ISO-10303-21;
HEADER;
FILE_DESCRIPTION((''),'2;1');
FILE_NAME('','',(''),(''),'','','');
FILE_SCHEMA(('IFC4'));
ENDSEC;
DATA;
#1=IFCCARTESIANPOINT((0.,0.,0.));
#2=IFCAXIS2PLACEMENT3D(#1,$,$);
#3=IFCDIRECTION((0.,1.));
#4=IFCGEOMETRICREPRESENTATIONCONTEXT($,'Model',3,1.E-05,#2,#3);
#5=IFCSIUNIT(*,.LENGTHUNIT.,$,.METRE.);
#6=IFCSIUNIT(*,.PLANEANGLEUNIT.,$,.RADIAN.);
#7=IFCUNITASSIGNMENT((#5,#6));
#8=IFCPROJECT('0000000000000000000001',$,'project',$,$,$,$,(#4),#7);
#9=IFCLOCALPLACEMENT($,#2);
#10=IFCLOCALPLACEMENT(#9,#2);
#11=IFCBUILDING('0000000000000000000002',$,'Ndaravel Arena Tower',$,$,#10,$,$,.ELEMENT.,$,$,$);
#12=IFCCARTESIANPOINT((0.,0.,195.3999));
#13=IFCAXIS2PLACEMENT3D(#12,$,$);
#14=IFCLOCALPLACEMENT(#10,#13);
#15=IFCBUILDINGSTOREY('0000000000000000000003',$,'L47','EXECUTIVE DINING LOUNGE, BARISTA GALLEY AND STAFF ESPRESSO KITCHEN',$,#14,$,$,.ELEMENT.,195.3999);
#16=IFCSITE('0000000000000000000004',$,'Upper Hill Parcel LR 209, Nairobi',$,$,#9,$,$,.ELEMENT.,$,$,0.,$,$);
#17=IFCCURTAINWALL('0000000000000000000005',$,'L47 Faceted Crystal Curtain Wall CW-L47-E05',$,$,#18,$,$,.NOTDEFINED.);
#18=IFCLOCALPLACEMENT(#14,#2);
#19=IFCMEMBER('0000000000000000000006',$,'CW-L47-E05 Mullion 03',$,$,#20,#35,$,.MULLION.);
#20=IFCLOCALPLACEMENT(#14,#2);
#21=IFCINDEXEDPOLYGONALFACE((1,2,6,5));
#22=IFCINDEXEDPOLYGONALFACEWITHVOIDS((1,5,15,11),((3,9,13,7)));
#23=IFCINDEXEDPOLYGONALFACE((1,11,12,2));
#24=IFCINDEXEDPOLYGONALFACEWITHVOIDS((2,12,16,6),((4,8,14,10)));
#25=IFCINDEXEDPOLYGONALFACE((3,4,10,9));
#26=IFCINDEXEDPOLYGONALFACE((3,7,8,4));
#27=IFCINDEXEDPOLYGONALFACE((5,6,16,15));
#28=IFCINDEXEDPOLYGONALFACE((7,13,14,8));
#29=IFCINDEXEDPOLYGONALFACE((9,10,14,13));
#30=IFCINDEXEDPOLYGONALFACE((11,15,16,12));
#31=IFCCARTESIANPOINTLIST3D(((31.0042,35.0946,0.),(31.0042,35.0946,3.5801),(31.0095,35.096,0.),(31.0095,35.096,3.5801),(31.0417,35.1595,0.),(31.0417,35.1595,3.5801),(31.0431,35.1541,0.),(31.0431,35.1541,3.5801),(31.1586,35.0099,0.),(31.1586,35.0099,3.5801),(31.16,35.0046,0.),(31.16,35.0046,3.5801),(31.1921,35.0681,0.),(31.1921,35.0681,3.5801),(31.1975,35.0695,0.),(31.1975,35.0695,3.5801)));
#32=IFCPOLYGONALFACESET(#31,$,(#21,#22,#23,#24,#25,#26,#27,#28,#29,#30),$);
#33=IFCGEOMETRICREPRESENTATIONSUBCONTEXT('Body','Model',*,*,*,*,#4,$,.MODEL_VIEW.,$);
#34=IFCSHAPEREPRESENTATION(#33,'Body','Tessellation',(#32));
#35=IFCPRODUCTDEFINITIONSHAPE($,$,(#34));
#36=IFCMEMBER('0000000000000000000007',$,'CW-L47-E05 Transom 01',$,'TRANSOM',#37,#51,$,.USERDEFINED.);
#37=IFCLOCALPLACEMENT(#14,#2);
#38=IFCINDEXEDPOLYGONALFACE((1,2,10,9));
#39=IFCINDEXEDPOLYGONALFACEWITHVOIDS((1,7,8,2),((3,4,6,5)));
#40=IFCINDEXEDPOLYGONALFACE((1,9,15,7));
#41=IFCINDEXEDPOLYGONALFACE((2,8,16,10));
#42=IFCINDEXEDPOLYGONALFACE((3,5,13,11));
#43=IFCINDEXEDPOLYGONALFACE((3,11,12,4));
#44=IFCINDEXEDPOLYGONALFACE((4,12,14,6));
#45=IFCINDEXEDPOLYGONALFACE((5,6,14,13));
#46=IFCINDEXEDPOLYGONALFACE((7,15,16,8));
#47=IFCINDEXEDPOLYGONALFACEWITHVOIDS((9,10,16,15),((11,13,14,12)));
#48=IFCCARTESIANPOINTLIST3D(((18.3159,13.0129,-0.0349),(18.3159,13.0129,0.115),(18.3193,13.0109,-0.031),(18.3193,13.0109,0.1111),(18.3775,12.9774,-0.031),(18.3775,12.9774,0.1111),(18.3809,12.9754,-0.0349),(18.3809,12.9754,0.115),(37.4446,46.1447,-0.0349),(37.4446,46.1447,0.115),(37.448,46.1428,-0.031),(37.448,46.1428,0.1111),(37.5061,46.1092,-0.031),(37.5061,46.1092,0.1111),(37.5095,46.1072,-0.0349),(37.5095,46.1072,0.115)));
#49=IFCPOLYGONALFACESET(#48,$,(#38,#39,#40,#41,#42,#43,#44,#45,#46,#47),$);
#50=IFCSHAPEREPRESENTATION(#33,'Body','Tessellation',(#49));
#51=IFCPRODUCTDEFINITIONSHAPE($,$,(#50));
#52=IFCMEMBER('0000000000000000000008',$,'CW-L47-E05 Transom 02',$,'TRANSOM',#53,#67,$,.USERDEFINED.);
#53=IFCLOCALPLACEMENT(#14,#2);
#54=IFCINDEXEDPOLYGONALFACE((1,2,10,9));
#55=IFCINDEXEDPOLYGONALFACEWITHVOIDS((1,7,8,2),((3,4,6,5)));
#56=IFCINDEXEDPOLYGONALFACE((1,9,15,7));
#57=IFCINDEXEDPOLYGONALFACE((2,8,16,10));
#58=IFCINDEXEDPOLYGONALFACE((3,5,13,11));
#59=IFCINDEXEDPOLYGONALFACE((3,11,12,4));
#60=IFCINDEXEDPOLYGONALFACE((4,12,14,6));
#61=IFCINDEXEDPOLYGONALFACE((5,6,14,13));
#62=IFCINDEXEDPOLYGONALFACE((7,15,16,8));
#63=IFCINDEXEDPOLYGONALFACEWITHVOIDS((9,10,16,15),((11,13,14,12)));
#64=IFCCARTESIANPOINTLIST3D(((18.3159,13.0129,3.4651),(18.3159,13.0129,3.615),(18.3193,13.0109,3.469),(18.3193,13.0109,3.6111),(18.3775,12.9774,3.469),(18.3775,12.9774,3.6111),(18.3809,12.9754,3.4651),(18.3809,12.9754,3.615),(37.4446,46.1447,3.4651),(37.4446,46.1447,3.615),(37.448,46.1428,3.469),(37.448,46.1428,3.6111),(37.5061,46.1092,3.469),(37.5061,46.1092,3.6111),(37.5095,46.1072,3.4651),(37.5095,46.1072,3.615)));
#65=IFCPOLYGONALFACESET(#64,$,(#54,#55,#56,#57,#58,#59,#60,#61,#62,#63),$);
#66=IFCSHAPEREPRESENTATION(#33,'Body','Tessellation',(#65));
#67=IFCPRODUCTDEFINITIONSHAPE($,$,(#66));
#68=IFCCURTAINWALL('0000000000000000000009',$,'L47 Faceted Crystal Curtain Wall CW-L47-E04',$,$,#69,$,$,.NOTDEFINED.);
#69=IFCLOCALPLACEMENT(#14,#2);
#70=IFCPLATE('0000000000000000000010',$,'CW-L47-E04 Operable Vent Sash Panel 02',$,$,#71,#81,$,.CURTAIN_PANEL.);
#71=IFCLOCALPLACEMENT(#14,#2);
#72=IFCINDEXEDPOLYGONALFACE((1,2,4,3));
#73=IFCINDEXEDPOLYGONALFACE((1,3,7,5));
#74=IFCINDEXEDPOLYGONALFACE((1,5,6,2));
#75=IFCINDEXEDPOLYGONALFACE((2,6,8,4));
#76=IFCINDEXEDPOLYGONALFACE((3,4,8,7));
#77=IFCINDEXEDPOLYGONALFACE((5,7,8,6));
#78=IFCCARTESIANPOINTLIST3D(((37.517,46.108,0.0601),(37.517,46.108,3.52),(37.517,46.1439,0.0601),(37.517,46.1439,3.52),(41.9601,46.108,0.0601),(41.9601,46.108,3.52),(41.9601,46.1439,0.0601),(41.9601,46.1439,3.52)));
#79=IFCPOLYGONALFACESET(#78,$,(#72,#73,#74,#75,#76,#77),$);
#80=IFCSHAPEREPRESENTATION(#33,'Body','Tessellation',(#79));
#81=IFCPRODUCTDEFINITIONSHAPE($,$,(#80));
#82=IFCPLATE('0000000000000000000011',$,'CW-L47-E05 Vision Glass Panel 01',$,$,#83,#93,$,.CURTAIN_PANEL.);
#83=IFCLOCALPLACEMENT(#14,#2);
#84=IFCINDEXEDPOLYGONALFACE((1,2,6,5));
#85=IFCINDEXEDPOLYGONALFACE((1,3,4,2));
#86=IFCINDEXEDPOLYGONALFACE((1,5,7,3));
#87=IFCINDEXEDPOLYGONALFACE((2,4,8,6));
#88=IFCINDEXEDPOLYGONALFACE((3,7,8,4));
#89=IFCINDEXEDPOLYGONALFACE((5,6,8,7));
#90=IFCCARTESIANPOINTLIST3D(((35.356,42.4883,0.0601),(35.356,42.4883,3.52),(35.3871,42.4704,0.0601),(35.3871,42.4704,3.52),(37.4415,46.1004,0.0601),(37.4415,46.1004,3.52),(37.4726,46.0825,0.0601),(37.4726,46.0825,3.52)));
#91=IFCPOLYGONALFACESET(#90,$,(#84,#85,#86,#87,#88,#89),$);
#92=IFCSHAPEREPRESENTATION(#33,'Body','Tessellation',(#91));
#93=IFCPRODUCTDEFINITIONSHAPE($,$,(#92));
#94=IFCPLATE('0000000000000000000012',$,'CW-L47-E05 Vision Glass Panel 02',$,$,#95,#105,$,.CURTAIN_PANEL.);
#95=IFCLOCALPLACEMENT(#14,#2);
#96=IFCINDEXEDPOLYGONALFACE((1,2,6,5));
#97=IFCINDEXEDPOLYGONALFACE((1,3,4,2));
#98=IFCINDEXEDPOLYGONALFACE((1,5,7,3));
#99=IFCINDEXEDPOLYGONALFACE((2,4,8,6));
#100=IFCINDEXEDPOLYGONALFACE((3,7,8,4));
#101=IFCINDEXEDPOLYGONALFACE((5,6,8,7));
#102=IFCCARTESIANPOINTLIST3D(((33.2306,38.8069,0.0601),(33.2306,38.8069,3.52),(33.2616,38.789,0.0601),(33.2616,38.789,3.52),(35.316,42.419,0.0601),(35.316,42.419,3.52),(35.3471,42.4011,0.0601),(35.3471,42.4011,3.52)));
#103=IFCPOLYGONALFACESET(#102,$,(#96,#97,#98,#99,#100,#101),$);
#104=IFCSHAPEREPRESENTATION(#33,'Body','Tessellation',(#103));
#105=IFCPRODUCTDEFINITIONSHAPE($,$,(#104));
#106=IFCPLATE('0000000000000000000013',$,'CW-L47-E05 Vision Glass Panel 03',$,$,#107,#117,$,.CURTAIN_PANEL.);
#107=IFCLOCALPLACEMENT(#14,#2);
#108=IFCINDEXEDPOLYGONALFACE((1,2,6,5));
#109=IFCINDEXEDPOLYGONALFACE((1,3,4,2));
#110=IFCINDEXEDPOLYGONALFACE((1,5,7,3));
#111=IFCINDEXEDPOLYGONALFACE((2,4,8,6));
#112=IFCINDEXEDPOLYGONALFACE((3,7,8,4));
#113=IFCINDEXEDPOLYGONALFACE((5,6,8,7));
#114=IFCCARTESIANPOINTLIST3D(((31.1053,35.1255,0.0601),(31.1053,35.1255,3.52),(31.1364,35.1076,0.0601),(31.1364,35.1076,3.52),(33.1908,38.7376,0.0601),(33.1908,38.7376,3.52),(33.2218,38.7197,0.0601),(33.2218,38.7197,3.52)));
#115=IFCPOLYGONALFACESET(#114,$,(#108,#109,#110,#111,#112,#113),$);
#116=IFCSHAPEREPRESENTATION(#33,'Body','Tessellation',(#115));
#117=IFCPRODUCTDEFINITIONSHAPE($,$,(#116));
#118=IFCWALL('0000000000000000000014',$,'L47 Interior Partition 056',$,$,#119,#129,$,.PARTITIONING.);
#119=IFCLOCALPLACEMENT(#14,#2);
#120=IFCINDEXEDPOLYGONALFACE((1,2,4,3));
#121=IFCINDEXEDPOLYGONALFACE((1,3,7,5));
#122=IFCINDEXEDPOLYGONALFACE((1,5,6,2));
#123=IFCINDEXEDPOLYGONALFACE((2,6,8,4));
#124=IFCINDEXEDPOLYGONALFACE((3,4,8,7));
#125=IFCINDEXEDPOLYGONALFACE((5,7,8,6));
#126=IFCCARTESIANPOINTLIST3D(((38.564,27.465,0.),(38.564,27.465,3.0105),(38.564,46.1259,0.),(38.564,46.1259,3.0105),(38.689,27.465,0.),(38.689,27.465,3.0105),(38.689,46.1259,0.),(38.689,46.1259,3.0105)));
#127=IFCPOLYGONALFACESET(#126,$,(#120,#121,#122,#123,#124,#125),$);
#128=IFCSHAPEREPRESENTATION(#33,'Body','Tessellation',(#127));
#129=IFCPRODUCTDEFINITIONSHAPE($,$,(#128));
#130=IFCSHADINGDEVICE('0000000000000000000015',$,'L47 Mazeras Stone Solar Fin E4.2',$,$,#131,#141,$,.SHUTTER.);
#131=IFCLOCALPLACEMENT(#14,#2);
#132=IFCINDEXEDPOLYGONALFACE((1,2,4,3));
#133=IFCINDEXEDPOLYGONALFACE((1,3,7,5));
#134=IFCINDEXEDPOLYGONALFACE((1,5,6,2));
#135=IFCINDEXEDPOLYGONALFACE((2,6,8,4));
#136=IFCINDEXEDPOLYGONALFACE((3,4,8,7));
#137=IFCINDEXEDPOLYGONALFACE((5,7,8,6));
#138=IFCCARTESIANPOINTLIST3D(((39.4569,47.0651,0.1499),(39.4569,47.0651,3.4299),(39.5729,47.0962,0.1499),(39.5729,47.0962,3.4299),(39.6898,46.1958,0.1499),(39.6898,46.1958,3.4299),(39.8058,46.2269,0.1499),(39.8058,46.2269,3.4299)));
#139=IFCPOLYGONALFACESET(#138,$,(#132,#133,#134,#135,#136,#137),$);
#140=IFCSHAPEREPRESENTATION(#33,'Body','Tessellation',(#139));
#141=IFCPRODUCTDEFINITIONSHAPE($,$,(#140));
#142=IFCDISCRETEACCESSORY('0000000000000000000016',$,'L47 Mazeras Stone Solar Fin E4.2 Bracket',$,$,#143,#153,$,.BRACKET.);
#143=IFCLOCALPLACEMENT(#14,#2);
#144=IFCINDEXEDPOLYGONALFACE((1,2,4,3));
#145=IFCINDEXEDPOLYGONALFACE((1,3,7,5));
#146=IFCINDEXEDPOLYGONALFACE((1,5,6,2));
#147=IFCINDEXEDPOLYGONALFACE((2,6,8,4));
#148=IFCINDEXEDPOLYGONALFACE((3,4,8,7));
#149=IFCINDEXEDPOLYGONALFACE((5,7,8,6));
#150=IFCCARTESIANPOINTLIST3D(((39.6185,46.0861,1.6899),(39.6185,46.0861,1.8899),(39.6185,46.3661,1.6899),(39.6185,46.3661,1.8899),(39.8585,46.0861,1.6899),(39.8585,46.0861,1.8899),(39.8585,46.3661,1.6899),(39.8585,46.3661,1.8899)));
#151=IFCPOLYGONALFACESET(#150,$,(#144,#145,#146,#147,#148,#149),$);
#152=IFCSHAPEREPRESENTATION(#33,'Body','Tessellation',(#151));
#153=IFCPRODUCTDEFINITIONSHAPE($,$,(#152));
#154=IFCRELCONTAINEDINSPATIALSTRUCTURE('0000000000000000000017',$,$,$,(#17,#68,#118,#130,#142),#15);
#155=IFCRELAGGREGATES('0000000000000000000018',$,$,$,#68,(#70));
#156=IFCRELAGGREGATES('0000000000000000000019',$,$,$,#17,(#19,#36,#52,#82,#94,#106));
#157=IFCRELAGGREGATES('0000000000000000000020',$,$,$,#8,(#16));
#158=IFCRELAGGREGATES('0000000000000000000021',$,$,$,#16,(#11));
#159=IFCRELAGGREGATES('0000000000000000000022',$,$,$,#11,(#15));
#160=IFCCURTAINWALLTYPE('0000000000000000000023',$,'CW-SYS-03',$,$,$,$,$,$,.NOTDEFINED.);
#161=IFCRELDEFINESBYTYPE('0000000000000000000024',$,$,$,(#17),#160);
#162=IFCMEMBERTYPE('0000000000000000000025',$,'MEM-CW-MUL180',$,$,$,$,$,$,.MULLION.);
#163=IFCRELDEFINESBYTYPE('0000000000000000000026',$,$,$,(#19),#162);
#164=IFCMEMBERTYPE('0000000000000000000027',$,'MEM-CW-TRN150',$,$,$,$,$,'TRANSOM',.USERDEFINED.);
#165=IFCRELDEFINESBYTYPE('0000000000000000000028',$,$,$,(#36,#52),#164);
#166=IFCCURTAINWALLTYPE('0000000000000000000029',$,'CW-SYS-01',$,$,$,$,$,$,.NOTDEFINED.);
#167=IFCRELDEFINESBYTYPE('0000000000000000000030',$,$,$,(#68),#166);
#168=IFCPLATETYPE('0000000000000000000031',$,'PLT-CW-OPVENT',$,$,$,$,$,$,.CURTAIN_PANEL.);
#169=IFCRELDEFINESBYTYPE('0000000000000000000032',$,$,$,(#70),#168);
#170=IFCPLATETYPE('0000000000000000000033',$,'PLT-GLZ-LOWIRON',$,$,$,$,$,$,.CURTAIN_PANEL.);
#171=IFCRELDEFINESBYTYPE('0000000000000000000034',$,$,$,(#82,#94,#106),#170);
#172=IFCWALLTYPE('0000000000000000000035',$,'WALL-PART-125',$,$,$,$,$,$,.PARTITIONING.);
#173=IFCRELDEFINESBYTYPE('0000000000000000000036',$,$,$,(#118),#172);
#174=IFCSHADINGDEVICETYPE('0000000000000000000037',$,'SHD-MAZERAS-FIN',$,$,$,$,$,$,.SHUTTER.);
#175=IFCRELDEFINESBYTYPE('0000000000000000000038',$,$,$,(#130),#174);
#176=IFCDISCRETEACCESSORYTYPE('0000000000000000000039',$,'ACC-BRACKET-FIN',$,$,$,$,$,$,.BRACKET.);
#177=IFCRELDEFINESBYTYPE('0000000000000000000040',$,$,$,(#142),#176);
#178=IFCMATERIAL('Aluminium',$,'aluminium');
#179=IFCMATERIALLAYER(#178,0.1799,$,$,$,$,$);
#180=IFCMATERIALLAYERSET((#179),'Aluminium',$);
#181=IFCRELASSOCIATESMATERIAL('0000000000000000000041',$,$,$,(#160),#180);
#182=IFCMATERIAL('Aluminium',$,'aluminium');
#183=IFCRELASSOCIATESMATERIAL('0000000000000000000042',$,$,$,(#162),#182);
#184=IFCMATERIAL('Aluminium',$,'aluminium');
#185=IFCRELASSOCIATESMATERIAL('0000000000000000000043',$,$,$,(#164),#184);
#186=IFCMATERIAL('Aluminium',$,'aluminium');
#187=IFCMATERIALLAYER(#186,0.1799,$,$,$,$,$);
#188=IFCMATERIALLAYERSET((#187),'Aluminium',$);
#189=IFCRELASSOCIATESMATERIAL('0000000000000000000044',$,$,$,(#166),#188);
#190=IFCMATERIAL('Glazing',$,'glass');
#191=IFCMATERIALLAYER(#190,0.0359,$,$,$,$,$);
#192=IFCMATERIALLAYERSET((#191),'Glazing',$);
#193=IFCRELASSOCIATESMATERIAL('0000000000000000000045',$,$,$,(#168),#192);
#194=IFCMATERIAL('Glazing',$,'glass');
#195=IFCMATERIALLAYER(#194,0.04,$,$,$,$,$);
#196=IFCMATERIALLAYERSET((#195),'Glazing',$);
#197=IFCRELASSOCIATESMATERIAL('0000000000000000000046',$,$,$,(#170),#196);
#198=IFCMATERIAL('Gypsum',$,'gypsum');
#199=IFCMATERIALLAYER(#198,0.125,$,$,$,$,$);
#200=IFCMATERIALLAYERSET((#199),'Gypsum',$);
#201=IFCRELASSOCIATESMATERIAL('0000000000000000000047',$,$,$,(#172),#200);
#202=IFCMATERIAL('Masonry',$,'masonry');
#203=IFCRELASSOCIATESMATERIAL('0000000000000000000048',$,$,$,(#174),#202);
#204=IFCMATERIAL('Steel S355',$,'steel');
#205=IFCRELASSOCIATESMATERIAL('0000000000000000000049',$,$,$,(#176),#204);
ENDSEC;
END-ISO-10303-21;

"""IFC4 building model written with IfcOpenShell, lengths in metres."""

from ifc_helpers import new_model, si_unit, direction, frame, frame_2d, origin, origin_2d, place, context, subcontext, project, spatial, rectangle, hollow_rectangle, extrude, material, layer, layer_set, material_profile, profile_set, type_object, element, aggregate, save


model = new_model("IFC4")

# Units and contexts
model_context = context("Model", 3, precision=1e-05, world=origin(), true_north=direction((0.0, 1.0)))
body_context = subcontext(model_context, "Body", "Model", "MODEL_VIEW")
ifc_project = project(units=[si_unit("LENGTHUNIT", "METRE"), si_unit("PLANEANGLEUNIT", "RADIAN")], contexts=[model_context])

# Site, building, storey
site_placement = place(None, origin())
site = spatial("IfcSite", under=ifc_project, at=site_placement, Name="Upper Hill Parcel LR 209, Nairobi", CompositionType="ELEMENT", RefElevation=0.0)
building_placement = place(site_placement, origin())
building = spatial("IfcBuilding", under=site, at=building_placement, Name="Ndaravel Arena Tower", CompositionType="ELEMENT")
storey_placement = place(building_placement, frame((0.0, 0.0, 195.3999)))
storey = spatial("IfcBuildingStorey", under=building, at=storey_placement, Name="L47", Description="EXECUTIVE DINING LOUNGE, BARISTA GALLEY AND STAFF ESPRESSO KITCHEN", CompositionType="ELEMENT", Elevation=195.3999)

# Curtain wall, members
ifc_material_1 = material(Name="Aluminium", Category="aluminium")
ifc_layer_1 = layer(ifc_material_1, 0.1799)
ifc_layer_set_1 = layer_set([ifc_layer_1], Name="Aluminium")
curtain_wall_type_1 = type_object("IfcCurtainWallType", Name="CW-SYS-03", PredefinedType="NOTDEFINED", material=ifc_layer_set_1)
curtain_wall_1_placement = place(storey_placement, origin())
curtain_wall_1 = element("IfcCurtainWall", 1, at=curtain_wall_1_placement, inside=storey, type_object=curtain_wall_type_1, Name="L47 Faceted Crystal Curtain Wall CW-L47-E05", PredefinedType="NOTDEFINED")
ifc_material_2 = material(Name="Aluminium", Category="aluminium")
ifc_material_profile_1 = material_profile(ifc_material_2, hollow_rectangle(XDim=0.075, YDim=0.1799, WallThickness=0.0039, at=origin_2d()), Name="CW MULLION 75x180x4")
ifc_profile_set_1 = profile_set([ifc_material_profile_1], Name="Aluminium")
member_type_1 = type_object("IfcMemberType", Name="MEM-CW-MUL180", PredefinedType="MULLION", material=ifc_profile_set_1)
member_1_placement = place(storey_placement, frame((31.1008, 35.082, 0.0), z_axis=(0.0, 0.0, 1.0), x_axis=(-0.5, -0.866025, 0.0)))
member_1 = element("IfcMember", 2, at=member_1_placement, type_object=member_type_1, Name="CW-L47-E05 Mullion 03", PredefinedType="MULLION", context=body_context, shape_type="SweptSolid", body=[
    extrude(hollow_rectangle(XDim=0.075, YDim=0.1799, WallThickness=0.0039, at=origin_2d()), origin(), (0.0, 0.0, 1.0), 3.5801),
])
ifc_material_3 = material(Name="Aluminium", Category="aluminium")
ifc_material_profile_2 = material_profile(ifc_material_3, hollow_rectangle(XDim=0.075, YDim=0.1499, WallThickness=0.0039, at=origin_2d()), Name="CW TRANSOM 75x150x4")
ifc_profile_set_2 = profile_set([ifc_material_profile_2], Name="Aluminium")
member_type_2 = type_object("IfcMemberType", Name="MEM-CW-TRN150", ElementType="TRANSOM", PredefinedType="USERDEFINED", material=ifc_profile_set_2)
member_2_placement = place(storey_placement, frame((37.4771, 46.126, 0.04), z_axis=(-0.5, -0.866026, 0.0), x_axis=(0.866026, -0.5, 0.0)))
member_2 = element("IfcMember", 3, at=member_2_placement, type_object=member_type_2, Name="CW-L47-E05 Transom 01", ObjectType="TRANSOM", PredefinedType="USERDEFINED", context=body_context, shape_type="SweptSolid", body=[
    extrude(hollow_rectangle(XDim=0.075, YDim=0.1499, WallThickness=0.0039, at=origin_2d()), origin(), (0.0, 0.0, 1.0), 38.2573),
])
member_3_placement = place(storey_placement, frame((37.4771, 46.126, 3.54), z_axis=(-0.5, -0.866026, 0.0), x_axis=(0.866026, -0.5, 0.0)))
member_3 = element("IfcMember", 4, at=member_3_placement, type_object=member_type_2, Name="CW-L47-E05 Transom 02", ObjectType="TRANSOM", PredefinedType="USERDEFINED", context=body_context, shape_type="SweptSolid", body=[
    extrude(hollow_rectangle(XDim=0.075, YDim=0.1499, WallThickness=0.0039, at=origin_2d()), origin(), (0.0, 0.0, 1.0), 38.2573),
])

# Curtain wall, plate
ifc_material_4 = material(Name="Aluminium", Category="aluminium")
ifc_layer_2 = layer(ifc_material_4, 0.1799)
ifc_layer_set_2 = layer_set([ifc_layer_2], Name="Aluminium")
curtain_wall_type_2 = type_object("IfcCurtainWallType", Name="CW-SYS-01", PredefinedType="NOTDEFINED", material=ifc_layer_set_2)
curtain_wall_2_placement = place(storey_placement, origin())
curtain_wall_2 = element("IfcCurtainWall", 5, at=curtain_wall_2_placement, inside=storey, type_object=curtain_wall_type_2, Name="L47 Faceted Crystal Curtain Wall CW-L47-E04", PredefinedType="NOTDEFINED")
ifc_material_5 = material(Name="Glazing", Category="glass")
ifc_layer_3 = layer(ifc_material_5, 0.0359)
ifc_layer_set_3 = layer_set([ifc_layer_3], Name="Glazing")
plate_type_1 = type_object("IfcPlateType", Name="PLT-CW-OPVENT", PredefinedType="CURTAIN_PANEL", material=ifc_layer_set_3)
plate_1_placement = place(storey_placement, frame((39.7385, 46.126, 0.0601), z_axis=(0.0, 0.0, 1.0), x_axis=(-1.0, 0.0, 0.0)))
plate_1 = element("IfcPlate", 6, at=plate_1_placement, type_object=plate_type_1, Name="CW-L47-E04 Operable Vent Sash Panel 02", PredefinedType="CURTAIN_PANEL", context=body_context, shape_type="SweptSolid", body=[
    extrude(rectangle(XDim=4.4431, YDim=0.0359, at=origin_2d()), origin(), (0.0, 0.0, 1.0), 3.46),
])
aggregate(curtain_wall_2, [plate_1])

# Plates
ifc_material_6 = material(Name="Glazing", Category="glass")
ifc_layer_4 = layer(ifc_material_6, 0.04)
ifc_layer_set_4 = layer_set([ifc_layer_4], Name="Glazing")
plate_type_2 = type_object("IfcPlateType", Name="PLT-GLZ-LOWIRON", PredefinedType="CURTAIN_PANEL", material=ifc_layer_set_4)
plate_2_placement = place(storey_placement, frame((36.4143, 44.2854, 0.0601), z_axis=(0.0, 0.0, 1.0), x_axis=(-0.5, -0.866025, 0.0)))
plate_2 = element("IfcPlate", 7, at=plate_2_placement, type_object=plate_type_2, Name="CW-L47-E05 Vision Glass Panel 01", PredefinedType="CURTAIN_PANEL", context=body_context, shape_type="SweptSolid", body=[
    extrude(rectangle(XDim=4.1709, YDim=0.0359, at=origin_2d()), origin(), (0.0, 0.0, 1.0), 3.46),
])
plate_3_placement = place(storey_placement, frame((34.2888, 40.604, 0.0601), z_axis=(0.0, 0.0, 1.0), x_axis=(-0.5, -0.866025, 0.0)))
plate_3 = element("IfcPlate", 8, at=plate_3_placement, type_object=plate_type_2, Name="CW-L47-E05 Vision Glass Panel 02", PredefinedType="CURTAIN_PANEL", context=body_context, shape_type="SweptSolid", body=[
    extrude(rectangle(XDim=4.1709, YDim=0.0359, at=origin_2d()), origin(), (0.0, 0.0, 1.0), 3.46),
])
plate_4_placement = place(storey_placement, frame((32.1636, 36.9226, 0.0601), z_axis=(0.0, 0.0, 1.0), x_axis=(-0.5, -0.866025, 0.0)))
plate_4 = element("IfcPlate", 9, at=plate_4_placement, type_object=plate_type_2, Name="CW-L47-E05 Vision Glass Panel 03", PredefinedType="CURTAIN_PANEL", context=body_context, shape_type="SweptSolid", body=[
    extrude(rectangle(XDim=4.1709, YDim=0.0359, at=origin_2d()), origin(), (0.0, 0.0, 1.0), 3.46),
])
aggregate(curtain_wall_1, [member_1, member_2, member_3, plate_2, plate_3, plate_4])

# Wall
ifc_material_7 = material(Name="Gypsum", Category="gypsum")
ifc_layer_5 = layer(ifc_material_7, 0.125)
ifc_layer_set_5 = layer_set([ifc_layer_5], Name="Gypsum")
wall_type = type_object("IfcWallType", Name="WALL-PART-125", PredefinedType="PARTITIONING", material=ifc_layer_set_5)
wall_placement = place(storey_placement, frame((38.6265, 46.126, 0.0), z_axis=(0.0, 0.0, 1.0), x_axis=(0.0, -1.0, 0.0)))
element("IfcWall", 10, at=wall_placement, inside=storey, type_object=wall_type, Name="L47 Interior Partition 056", PredefinedType="PARTITIONING", context=body_context, shape_type="SweptSolid", body=[
    extrude(rectangle(XDim=18.6609, YDim=0.125, at=frame_2d((9.3306, 0.0))), origin(), (0.0, 0.0, 1.0), 3.0105),
])

# Shading device
ifc_material_8 = material(Name="Masonry", Category="masonry")
shading_device_type = type_object("IfcShadingDeviceType", Name="SHD-MAZERAS-FIN", PredefinedType="SHUTTER", material=ifc_material_8)
shading_device_placement = place(storey_placement, frame((39.6313, 46.646, 0.1499), z_axis=(0.0, 0.0, 1.0), x_axis=(-0.258819, 0.965926, 0.0)))
element("IfcShadingDevice", 11, at=shading_device_placement, inside=storey, type_object=shading_device_type, Name="L47 Mazeras Stone Solar Fin E4.2", PredefinedType="SHUTTER", context=body_context, shape_type="SweptSolid", body=[
    extrude(rectangle(XDim=0.8999, YDim=0.1201, at=origin_2d()), origin(), (0.0, 0.0, 1.0), 3.28),
])

# Discrete accessory
ifc_material_9 = material(Name="Steel S355", Category="steel")
discrete_accessory_type = type_object("IfcDiscreteAccessoryType", Name="ACC-BRACKET-FIN", PredefinedType="BRACKET", material=ifc_material_9)
discrete_accessory_placement = place(storey_placement, frame((39.7385, 46.2261, 1.6899), z_axis=(0.0, 0.0, 1.0), x_axis=(0.0, 1.0, 0.0)))
element("IfcDiscreteAccessory", 12, at=discrete_accessory_placement, inside=storey, type_object=discrete_accessory_type, Name="L47 Mazeras Stone Solar Fin E4.2 Bracket", PredefinedType="BRACKET", context=body_context, shape_type="SweptSolid", body=[
    extrude(rectangle(XDim=0.28, YDim=0.24, at=origin_2d()), origin(), (0.0, 0.0, 1.0), 0.2),
])

save(model, "model.ifc")
